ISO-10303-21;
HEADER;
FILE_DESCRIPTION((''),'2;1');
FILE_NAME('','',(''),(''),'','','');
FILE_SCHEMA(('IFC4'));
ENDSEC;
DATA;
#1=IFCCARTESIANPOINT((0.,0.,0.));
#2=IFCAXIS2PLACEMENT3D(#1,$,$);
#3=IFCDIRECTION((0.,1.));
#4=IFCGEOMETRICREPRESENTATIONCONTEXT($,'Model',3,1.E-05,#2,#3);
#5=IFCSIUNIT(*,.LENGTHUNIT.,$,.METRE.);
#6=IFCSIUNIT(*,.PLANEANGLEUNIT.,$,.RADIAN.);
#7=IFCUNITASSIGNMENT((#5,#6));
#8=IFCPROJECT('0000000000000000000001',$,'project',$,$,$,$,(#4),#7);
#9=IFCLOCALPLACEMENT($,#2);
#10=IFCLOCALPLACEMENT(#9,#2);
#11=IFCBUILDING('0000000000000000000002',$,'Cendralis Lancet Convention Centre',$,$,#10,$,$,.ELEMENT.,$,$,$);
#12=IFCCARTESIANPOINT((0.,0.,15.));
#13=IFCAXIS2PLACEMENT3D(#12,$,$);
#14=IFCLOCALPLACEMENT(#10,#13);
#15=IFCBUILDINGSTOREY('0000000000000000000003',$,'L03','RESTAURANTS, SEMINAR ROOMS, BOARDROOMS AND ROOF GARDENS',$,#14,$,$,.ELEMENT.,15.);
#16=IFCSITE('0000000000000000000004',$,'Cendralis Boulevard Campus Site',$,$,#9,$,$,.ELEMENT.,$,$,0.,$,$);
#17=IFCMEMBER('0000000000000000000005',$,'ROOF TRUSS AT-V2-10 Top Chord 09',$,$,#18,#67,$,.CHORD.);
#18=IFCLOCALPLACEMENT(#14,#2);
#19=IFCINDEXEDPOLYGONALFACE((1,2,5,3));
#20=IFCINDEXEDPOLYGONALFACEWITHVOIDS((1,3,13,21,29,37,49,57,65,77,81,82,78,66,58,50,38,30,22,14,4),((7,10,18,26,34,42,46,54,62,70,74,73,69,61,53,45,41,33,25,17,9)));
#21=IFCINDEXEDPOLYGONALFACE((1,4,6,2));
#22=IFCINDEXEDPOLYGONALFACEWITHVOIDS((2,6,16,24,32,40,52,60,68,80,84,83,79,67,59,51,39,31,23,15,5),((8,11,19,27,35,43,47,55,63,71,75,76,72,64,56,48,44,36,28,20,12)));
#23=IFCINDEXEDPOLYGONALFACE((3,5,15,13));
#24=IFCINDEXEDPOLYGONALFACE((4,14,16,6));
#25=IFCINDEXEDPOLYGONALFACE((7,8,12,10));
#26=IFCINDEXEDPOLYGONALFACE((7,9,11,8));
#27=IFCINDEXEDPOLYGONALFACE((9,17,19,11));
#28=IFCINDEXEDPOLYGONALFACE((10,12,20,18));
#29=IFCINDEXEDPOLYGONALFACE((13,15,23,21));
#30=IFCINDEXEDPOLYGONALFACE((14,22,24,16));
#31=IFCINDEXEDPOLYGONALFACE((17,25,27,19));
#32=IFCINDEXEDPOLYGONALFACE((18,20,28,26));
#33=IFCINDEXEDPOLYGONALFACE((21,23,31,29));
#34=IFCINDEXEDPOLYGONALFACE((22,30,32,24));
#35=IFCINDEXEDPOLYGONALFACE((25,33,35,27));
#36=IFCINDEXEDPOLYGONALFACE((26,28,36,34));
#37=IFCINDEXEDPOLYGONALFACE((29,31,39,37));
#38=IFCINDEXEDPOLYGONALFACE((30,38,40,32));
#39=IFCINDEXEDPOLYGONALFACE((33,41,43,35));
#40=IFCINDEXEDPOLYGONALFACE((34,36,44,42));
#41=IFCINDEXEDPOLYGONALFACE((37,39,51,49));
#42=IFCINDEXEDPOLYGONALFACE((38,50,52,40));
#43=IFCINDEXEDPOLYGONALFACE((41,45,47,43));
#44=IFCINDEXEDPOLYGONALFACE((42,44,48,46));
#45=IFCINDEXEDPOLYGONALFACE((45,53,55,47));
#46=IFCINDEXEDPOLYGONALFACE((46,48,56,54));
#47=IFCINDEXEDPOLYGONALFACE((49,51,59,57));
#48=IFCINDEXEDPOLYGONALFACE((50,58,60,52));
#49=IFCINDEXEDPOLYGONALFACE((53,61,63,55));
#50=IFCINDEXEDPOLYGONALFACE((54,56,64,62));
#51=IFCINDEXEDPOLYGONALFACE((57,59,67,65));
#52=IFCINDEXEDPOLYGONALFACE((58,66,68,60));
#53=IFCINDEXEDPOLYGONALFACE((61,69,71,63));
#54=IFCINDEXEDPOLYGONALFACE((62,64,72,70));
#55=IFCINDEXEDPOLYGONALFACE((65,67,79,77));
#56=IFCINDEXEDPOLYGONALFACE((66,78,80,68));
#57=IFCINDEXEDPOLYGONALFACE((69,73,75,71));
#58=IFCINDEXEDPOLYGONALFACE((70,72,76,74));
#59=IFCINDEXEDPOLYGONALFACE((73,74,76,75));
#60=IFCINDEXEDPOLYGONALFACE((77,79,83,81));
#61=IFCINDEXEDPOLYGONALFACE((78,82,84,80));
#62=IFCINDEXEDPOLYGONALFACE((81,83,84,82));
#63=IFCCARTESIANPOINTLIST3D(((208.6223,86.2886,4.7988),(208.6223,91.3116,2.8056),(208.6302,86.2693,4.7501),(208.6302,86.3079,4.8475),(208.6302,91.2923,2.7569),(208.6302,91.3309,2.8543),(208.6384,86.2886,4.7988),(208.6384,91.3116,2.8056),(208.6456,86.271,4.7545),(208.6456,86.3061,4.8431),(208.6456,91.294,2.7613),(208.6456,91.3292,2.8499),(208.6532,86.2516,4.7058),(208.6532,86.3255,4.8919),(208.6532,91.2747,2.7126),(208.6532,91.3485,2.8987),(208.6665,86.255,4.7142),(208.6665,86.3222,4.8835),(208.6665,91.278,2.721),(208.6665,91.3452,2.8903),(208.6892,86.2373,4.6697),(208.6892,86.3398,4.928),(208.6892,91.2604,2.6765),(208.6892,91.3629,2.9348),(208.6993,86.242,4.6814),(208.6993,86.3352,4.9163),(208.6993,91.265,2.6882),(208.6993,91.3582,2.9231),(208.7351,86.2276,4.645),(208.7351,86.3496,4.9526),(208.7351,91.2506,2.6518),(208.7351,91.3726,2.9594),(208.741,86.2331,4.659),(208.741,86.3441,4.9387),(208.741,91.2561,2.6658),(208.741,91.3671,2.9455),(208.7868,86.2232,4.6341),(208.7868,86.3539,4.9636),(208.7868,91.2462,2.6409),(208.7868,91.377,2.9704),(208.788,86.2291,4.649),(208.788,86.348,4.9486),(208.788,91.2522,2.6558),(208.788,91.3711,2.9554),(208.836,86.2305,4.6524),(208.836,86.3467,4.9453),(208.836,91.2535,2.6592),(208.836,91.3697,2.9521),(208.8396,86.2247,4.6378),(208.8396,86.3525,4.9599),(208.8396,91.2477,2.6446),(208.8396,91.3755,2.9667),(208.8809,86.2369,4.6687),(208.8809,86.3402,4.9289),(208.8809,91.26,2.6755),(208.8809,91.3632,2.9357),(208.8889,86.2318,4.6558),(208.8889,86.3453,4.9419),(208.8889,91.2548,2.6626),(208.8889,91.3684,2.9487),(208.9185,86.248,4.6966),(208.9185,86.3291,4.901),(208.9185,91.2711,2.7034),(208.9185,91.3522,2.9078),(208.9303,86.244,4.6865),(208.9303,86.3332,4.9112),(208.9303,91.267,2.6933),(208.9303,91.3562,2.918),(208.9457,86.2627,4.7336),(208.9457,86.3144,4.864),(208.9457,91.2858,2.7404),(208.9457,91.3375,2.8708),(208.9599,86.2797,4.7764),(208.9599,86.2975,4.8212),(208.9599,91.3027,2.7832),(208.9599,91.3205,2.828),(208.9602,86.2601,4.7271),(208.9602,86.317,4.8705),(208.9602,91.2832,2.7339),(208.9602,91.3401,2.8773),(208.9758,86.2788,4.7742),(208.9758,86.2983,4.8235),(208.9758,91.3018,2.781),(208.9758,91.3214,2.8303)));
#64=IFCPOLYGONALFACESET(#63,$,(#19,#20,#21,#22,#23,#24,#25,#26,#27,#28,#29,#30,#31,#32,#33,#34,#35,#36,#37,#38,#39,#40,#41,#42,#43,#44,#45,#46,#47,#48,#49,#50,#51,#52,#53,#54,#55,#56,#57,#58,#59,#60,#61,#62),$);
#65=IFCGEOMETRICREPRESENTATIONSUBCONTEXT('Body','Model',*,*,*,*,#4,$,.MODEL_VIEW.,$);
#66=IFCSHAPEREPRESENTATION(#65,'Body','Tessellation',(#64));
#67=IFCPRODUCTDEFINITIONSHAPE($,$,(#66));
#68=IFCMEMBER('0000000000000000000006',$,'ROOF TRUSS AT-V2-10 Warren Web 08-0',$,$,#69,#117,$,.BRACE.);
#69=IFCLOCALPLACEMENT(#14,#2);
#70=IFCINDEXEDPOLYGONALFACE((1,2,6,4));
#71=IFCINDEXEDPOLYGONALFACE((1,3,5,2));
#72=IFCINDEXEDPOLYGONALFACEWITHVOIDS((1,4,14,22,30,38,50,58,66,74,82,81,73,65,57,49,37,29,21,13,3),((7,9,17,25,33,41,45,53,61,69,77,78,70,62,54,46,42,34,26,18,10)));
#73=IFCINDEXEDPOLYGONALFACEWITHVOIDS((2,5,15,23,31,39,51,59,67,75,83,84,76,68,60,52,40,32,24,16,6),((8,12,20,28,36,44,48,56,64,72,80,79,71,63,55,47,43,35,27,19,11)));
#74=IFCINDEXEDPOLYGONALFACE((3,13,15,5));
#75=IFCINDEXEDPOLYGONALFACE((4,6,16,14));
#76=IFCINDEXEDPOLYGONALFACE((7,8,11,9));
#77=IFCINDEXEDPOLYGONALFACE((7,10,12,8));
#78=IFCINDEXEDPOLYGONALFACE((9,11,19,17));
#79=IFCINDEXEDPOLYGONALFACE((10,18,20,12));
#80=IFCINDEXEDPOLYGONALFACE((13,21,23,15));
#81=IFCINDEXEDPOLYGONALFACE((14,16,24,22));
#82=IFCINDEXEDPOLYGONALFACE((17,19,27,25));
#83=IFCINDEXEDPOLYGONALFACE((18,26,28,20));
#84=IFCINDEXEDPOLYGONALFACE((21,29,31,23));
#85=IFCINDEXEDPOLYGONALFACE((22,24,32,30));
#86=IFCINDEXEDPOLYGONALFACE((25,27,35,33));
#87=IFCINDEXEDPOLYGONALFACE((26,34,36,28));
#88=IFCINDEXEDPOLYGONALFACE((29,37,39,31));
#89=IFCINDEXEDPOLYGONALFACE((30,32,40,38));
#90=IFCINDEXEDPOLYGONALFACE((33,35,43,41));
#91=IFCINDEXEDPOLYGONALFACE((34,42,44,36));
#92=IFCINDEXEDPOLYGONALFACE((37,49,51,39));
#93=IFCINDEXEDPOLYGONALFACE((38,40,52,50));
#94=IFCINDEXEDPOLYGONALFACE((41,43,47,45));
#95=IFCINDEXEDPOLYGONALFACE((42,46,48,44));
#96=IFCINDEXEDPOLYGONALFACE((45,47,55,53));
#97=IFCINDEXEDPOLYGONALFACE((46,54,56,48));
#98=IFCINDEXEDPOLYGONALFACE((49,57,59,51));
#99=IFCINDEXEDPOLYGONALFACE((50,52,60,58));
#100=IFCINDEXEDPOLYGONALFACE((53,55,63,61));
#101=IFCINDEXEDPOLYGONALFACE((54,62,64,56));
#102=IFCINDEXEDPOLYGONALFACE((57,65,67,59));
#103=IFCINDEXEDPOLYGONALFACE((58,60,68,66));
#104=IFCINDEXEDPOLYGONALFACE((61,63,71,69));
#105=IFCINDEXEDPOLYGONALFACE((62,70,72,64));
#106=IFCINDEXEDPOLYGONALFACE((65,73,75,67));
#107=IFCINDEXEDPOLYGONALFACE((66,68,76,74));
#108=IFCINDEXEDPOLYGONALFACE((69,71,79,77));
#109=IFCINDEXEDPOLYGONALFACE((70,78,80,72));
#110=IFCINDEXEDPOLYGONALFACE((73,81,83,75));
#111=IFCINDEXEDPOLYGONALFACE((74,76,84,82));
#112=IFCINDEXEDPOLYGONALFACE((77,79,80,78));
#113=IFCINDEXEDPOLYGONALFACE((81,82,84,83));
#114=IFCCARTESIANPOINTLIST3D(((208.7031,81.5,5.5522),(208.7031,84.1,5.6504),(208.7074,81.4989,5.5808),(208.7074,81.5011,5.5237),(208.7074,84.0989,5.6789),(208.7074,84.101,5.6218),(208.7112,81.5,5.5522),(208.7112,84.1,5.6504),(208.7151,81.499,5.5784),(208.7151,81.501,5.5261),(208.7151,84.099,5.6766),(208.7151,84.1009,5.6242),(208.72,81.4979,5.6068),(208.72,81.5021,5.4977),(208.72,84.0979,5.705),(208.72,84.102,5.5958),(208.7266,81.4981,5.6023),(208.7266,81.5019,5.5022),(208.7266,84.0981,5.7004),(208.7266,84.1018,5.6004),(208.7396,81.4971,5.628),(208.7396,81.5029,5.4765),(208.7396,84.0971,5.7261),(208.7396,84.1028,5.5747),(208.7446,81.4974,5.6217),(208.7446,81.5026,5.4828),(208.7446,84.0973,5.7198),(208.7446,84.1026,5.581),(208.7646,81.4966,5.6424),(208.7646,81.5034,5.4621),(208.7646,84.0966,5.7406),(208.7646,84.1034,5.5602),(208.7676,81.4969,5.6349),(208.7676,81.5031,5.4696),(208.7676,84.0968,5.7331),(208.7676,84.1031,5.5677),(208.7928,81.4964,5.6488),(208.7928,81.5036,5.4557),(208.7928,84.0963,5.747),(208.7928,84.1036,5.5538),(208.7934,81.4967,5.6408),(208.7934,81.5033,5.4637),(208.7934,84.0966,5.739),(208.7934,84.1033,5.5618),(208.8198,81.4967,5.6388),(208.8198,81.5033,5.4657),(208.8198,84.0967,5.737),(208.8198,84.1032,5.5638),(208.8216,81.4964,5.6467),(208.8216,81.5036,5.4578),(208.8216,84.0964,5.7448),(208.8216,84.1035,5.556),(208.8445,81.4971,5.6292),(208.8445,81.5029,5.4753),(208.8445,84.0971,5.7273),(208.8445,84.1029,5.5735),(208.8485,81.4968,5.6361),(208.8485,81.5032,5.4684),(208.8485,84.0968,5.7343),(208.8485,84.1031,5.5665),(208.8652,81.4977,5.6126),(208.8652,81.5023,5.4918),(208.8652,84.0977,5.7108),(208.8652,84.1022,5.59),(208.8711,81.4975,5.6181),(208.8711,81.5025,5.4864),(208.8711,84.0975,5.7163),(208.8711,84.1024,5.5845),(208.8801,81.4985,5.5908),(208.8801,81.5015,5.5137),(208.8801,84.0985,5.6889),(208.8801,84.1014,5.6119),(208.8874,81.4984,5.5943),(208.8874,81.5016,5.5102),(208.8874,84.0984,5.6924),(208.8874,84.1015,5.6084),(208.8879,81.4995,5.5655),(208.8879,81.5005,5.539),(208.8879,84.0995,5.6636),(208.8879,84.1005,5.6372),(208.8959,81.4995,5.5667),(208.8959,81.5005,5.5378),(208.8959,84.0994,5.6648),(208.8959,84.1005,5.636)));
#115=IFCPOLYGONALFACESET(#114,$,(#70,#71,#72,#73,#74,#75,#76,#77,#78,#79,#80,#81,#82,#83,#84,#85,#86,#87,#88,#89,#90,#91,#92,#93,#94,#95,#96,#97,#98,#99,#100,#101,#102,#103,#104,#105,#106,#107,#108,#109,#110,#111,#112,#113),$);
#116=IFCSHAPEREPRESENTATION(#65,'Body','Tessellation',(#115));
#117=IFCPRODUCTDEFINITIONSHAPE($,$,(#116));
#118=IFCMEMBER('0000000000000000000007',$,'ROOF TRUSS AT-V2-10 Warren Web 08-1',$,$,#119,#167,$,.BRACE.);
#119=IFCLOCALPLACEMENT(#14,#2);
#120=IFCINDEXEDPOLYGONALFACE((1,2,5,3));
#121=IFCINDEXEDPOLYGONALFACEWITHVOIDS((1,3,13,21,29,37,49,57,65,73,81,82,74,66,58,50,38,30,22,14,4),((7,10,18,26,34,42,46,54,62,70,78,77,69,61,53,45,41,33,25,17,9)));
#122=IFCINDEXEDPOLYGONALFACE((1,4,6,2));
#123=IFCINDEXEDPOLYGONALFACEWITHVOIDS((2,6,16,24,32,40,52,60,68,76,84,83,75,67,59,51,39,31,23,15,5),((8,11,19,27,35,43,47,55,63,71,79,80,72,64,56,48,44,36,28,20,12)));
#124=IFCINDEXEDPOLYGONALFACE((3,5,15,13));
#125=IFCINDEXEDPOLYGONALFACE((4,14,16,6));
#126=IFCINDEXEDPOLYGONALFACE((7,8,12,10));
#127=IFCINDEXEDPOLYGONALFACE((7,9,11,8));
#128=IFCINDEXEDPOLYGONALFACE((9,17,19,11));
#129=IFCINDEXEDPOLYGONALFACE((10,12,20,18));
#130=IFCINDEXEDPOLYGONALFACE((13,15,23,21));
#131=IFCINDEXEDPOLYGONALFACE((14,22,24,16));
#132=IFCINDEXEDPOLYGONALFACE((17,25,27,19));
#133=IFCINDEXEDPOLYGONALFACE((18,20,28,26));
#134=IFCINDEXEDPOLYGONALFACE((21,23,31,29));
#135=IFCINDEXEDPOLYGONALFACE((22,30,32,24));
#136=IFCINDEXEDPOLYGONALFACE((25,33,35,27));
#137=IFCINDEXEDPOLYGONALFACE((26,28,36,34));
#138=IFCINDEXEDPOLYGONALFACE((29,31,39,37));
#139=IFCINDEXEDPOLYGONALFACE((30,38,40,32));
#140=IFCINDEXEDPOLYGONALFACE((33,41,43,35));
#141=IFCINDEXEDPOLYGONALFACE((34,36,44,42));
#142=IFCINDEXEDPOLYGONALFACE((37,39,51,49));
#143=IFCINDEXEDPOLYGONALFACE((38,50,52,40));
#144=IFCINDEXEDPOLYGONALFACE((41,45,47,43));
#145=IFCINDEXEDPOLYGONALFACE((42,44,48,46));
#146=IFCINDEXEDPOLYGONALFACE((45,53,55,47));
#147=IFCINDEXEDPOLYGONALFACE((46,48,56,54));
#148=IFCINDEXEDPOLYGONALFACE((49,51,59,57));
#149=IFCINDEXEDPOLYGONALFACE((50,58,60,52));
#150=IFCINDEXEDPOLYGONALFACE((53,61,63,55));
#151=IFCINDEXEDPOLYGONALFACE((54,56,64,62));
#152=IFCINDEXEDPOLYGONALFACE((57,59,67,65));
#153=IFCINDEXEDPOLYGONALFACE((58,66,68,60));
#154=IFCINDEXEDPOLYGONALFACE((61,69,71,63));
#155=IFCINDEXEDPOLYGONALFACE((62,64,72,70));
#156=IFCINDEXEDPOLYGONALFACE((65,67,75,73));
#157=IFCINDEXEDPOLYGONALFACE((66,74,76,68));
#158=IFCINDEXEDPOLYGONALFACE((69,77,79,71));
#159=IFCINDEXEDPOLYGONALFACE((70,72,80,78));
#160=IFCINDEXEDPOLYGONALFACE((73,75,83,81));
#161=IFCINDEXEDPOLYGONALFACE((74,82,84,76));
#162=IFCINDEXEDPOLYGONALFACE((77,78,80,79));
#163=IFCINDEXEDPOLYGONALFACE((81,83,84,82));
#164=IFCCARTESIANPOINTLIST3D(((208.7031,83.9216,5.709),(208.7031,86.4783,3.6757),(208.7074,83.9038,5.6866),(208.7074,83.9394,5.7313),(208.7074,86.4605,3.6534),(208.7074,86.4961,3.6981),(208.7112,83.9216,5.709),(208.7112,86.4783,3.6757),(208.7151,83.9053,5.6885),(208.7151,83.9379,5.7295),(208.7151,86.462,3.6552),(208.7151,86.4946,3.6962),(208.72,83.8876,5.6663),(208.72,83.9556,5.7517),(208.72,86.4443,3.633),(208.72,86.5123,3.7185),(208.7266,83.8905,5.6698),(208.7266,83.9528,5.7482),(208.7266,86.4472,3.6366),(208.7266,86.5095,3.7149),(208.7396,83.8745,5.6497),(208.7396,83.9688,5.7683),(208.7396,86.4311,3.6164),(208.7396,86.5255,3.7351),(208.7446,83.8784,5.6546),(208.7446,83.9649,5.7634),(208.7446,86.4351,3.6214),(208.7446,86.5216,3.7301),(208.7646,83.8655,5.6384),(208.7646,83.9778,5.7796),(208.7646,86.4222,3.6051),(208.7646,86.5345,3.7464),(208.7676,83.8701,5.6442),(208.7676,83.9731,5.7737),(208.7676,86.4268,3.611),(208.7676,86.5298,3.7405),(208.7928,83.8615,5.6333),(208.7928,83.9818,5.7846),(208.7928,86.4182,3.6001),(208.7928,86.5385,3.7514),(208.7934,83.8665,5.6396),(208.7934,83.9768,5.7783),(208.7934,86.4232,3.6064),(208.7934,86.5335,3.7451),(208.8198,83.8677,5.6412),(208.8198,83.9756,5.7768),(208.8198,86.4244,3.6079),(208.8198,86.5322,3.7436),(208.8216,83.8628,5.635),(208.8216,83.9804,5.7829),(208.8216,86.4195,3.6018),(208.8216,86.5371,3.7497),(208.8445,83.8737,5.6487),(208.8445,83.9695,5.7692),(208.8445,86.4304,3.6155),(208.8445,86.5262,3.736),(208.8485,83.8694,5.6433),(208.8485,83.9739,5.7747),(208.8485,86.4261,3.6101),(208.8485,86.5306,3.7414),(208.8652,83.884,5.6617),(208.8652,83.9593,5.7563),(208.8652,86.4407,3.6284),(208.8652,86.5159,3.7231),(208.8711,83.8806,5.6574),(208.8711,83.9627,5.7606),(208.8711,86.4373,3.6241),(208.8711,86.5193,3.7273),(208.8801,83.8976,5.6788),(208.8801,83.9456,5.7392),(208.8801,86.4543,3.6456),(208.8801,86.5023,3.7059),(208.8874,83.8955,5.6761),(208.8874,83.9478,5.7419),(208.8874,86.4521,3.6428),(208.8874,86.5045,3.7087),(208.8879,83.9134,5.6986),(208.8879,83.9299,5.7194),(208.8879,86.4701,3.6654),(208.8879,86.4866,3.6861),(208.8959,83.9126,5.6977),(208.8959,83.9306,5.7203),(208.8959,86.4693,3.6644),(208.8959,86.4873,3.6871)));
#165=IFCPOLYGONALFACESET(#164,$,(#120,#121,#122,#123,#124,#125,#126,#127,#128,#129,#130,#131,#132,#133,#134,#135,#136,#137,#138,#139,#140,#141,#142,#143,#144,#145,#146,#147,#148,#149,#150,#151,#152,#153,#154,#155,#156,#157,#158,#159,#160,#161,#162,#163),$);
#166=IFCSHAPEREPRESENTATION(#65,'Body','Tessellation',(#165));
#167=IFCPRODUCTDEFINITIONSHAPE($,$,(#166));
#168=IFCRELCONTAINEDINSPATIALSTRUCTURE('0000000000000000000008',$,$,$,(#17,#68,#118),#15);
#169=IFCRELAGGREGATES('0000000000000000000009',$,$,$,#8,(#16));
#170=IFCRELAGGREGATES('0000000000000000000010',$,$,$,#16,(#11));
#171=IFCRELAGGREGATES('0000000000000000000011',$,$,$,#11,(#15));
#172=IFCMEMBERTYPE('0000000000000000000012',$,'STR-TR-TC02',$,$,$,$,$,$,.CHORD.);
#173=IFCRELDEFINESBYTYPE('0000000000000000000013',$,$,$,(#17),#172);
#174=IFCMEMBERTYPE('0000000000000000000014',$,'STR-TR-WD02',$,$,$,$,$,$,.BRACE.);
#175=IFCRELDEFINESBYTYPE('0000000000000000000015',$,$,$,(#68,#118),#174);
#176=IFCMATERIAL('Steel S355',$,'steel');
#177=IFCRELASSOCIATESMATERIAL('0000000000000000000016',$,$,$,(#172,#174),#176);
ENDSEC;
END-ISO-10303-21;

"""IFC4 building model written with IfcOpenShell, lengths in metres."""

from ifc_helpers import new_model, si_unit, direction, frame, origin, origin_2d, place, context, subcontext, project, spatial, hollow_circle, extrude, material, material_profile, profile_set, type_object, element, save


model = new_model("IFC4")

# Units and contexts
model_context = context("Model", 3, precision=1e-05, world=origin(), true_north=direction((0.0, 1.0)))
body_context = subcontext(model_context, "Body", "Model", "MODEL_VIEW")
ifc_project = project(units=[si_unit("LENGTHUNIT", "METRE"), si_unit("PLANEANGLEUNIT", "RADIAN")], contexts=[model_context])

# Site, building, storey
site_placement = place(None, origin())
site = spatial("IfcSite", under=ifc_project, at=site_placement, Name="Cendralis Boulevard Campus Site", CompositionType="ELEMENT", RefElevation=0.0)
building_placement = place(site_placement, origin())
building = spatial("IfcBuilding", under=site, at=building_placement, Name="Cendralis Lancet Convention Centre", CompositionType="ELEMENT")
storey_placement = place(building_placement, frame((0.0, 0.0, 15.0)))
storey = spatial("IfcBuildingStorey", under=building, at=storey_placement, Name="L03", Description="RESTAURANTS, SEMINAR ROOMS, BOARDROOMS AND ROOF GARDENS", CompositionType="ELEMENT", Elevation=15.0)

# Shared definitions
ifc_material_1 = material(Name="Steel S355", Category="steel")

# Members
ifc_material_profile_1 = material_profile(ifc_material_1, hollow_circle(Radius=0.1777, WallThickness=0.0161, at=origin_2d()), Name="CHS 355.6x16.0")
ifc_profile_set_1 = profile_set([ifc_material_profile_1], Name="Steel S355")
member_type_1 = type_object("IfcMemberType", Name="STR-TR-TC02", PredefinedType="CHORD", material=ifc_profile_set_1)
member_1_placement = place(storey_placement, frame((208.8, 86.2886, 4.7988), z_axis=(0.0, 0.929495, -0.368834), x_axis=(-1.0, 0.0, 0.0)))
element("IfcMember", 1, at=member_1_placement, inside=storey, type_object=member_type_1, Name="ROOF TRUSS AT-V2-10 Top Chord 09", PredefinedType="CHORD", context=body_context, shape_type="SweptSolid", body=[
    extrude(hollow_circle(Radius=0.1777, WallThickness=0.0161, at=origin_2d()), origin(), (0.0, 0.0, 1.0), 5.4041),
])
ifc_material_profile_2 = material_profile(ifc_material_1, hollow_circle(Radius=0.0969, WallThickness=0.0081, at=origin_2d()), Name="CHS 193.7x8.0")
ifc_profile_set_2 = profile_set([ifc_material_profile_2], Name="Steel S355")
member_type_2 = type_object("IfcMemberType", Name="STR-TR-WD02", PredefinedType="BRACE", material=ifc_profile_set_2)
member_2_placement = place(storey_placement, frame((208.8, 81.5, 5.5522), z_axis=(0.0, 0.999288, 0.037723), x_axis=(-1.0, 0.0, 0.0)))
element("IfcMember", 2, at=member_2_placement, inside=storey, type_object=member_type_2, Name="ROOF TRUSS AT-V2-10 Warren Web 08-0", PredefinedType="BRACE", context=body_context, shape_type="SweptSolid", body=[
    extrude(hollow_circle(Radius=0.0969, WallThickness=0.0081, at=origin_2d()), origin(), (0.0, 0.0, 1.0), 2.6018),
])
member_3_placement = place(storey_placement, frame((208.8, 83.9216, 5.709), z_axis=(0.0, 0.782674, -0.622432), x_axis=(-1.0, 0.0, 0.0)))
element("IfcMember", 3, at=member_3_placement, inside=storey, type_object=member_type_2, Name="ROOF TRUSS AT-V2-10 Warren Web 08-1", PredefinedType="BRACE", context=body_context, shape_type="SweptSolid", body=[
    extrude(hollow_circle(Radius=0.0969, WallThickness=0.0081, at=origin_2d()), origin(), (0.0, 0.0, 1.0), 3.2666),
])

save(model, "model.ifc")
